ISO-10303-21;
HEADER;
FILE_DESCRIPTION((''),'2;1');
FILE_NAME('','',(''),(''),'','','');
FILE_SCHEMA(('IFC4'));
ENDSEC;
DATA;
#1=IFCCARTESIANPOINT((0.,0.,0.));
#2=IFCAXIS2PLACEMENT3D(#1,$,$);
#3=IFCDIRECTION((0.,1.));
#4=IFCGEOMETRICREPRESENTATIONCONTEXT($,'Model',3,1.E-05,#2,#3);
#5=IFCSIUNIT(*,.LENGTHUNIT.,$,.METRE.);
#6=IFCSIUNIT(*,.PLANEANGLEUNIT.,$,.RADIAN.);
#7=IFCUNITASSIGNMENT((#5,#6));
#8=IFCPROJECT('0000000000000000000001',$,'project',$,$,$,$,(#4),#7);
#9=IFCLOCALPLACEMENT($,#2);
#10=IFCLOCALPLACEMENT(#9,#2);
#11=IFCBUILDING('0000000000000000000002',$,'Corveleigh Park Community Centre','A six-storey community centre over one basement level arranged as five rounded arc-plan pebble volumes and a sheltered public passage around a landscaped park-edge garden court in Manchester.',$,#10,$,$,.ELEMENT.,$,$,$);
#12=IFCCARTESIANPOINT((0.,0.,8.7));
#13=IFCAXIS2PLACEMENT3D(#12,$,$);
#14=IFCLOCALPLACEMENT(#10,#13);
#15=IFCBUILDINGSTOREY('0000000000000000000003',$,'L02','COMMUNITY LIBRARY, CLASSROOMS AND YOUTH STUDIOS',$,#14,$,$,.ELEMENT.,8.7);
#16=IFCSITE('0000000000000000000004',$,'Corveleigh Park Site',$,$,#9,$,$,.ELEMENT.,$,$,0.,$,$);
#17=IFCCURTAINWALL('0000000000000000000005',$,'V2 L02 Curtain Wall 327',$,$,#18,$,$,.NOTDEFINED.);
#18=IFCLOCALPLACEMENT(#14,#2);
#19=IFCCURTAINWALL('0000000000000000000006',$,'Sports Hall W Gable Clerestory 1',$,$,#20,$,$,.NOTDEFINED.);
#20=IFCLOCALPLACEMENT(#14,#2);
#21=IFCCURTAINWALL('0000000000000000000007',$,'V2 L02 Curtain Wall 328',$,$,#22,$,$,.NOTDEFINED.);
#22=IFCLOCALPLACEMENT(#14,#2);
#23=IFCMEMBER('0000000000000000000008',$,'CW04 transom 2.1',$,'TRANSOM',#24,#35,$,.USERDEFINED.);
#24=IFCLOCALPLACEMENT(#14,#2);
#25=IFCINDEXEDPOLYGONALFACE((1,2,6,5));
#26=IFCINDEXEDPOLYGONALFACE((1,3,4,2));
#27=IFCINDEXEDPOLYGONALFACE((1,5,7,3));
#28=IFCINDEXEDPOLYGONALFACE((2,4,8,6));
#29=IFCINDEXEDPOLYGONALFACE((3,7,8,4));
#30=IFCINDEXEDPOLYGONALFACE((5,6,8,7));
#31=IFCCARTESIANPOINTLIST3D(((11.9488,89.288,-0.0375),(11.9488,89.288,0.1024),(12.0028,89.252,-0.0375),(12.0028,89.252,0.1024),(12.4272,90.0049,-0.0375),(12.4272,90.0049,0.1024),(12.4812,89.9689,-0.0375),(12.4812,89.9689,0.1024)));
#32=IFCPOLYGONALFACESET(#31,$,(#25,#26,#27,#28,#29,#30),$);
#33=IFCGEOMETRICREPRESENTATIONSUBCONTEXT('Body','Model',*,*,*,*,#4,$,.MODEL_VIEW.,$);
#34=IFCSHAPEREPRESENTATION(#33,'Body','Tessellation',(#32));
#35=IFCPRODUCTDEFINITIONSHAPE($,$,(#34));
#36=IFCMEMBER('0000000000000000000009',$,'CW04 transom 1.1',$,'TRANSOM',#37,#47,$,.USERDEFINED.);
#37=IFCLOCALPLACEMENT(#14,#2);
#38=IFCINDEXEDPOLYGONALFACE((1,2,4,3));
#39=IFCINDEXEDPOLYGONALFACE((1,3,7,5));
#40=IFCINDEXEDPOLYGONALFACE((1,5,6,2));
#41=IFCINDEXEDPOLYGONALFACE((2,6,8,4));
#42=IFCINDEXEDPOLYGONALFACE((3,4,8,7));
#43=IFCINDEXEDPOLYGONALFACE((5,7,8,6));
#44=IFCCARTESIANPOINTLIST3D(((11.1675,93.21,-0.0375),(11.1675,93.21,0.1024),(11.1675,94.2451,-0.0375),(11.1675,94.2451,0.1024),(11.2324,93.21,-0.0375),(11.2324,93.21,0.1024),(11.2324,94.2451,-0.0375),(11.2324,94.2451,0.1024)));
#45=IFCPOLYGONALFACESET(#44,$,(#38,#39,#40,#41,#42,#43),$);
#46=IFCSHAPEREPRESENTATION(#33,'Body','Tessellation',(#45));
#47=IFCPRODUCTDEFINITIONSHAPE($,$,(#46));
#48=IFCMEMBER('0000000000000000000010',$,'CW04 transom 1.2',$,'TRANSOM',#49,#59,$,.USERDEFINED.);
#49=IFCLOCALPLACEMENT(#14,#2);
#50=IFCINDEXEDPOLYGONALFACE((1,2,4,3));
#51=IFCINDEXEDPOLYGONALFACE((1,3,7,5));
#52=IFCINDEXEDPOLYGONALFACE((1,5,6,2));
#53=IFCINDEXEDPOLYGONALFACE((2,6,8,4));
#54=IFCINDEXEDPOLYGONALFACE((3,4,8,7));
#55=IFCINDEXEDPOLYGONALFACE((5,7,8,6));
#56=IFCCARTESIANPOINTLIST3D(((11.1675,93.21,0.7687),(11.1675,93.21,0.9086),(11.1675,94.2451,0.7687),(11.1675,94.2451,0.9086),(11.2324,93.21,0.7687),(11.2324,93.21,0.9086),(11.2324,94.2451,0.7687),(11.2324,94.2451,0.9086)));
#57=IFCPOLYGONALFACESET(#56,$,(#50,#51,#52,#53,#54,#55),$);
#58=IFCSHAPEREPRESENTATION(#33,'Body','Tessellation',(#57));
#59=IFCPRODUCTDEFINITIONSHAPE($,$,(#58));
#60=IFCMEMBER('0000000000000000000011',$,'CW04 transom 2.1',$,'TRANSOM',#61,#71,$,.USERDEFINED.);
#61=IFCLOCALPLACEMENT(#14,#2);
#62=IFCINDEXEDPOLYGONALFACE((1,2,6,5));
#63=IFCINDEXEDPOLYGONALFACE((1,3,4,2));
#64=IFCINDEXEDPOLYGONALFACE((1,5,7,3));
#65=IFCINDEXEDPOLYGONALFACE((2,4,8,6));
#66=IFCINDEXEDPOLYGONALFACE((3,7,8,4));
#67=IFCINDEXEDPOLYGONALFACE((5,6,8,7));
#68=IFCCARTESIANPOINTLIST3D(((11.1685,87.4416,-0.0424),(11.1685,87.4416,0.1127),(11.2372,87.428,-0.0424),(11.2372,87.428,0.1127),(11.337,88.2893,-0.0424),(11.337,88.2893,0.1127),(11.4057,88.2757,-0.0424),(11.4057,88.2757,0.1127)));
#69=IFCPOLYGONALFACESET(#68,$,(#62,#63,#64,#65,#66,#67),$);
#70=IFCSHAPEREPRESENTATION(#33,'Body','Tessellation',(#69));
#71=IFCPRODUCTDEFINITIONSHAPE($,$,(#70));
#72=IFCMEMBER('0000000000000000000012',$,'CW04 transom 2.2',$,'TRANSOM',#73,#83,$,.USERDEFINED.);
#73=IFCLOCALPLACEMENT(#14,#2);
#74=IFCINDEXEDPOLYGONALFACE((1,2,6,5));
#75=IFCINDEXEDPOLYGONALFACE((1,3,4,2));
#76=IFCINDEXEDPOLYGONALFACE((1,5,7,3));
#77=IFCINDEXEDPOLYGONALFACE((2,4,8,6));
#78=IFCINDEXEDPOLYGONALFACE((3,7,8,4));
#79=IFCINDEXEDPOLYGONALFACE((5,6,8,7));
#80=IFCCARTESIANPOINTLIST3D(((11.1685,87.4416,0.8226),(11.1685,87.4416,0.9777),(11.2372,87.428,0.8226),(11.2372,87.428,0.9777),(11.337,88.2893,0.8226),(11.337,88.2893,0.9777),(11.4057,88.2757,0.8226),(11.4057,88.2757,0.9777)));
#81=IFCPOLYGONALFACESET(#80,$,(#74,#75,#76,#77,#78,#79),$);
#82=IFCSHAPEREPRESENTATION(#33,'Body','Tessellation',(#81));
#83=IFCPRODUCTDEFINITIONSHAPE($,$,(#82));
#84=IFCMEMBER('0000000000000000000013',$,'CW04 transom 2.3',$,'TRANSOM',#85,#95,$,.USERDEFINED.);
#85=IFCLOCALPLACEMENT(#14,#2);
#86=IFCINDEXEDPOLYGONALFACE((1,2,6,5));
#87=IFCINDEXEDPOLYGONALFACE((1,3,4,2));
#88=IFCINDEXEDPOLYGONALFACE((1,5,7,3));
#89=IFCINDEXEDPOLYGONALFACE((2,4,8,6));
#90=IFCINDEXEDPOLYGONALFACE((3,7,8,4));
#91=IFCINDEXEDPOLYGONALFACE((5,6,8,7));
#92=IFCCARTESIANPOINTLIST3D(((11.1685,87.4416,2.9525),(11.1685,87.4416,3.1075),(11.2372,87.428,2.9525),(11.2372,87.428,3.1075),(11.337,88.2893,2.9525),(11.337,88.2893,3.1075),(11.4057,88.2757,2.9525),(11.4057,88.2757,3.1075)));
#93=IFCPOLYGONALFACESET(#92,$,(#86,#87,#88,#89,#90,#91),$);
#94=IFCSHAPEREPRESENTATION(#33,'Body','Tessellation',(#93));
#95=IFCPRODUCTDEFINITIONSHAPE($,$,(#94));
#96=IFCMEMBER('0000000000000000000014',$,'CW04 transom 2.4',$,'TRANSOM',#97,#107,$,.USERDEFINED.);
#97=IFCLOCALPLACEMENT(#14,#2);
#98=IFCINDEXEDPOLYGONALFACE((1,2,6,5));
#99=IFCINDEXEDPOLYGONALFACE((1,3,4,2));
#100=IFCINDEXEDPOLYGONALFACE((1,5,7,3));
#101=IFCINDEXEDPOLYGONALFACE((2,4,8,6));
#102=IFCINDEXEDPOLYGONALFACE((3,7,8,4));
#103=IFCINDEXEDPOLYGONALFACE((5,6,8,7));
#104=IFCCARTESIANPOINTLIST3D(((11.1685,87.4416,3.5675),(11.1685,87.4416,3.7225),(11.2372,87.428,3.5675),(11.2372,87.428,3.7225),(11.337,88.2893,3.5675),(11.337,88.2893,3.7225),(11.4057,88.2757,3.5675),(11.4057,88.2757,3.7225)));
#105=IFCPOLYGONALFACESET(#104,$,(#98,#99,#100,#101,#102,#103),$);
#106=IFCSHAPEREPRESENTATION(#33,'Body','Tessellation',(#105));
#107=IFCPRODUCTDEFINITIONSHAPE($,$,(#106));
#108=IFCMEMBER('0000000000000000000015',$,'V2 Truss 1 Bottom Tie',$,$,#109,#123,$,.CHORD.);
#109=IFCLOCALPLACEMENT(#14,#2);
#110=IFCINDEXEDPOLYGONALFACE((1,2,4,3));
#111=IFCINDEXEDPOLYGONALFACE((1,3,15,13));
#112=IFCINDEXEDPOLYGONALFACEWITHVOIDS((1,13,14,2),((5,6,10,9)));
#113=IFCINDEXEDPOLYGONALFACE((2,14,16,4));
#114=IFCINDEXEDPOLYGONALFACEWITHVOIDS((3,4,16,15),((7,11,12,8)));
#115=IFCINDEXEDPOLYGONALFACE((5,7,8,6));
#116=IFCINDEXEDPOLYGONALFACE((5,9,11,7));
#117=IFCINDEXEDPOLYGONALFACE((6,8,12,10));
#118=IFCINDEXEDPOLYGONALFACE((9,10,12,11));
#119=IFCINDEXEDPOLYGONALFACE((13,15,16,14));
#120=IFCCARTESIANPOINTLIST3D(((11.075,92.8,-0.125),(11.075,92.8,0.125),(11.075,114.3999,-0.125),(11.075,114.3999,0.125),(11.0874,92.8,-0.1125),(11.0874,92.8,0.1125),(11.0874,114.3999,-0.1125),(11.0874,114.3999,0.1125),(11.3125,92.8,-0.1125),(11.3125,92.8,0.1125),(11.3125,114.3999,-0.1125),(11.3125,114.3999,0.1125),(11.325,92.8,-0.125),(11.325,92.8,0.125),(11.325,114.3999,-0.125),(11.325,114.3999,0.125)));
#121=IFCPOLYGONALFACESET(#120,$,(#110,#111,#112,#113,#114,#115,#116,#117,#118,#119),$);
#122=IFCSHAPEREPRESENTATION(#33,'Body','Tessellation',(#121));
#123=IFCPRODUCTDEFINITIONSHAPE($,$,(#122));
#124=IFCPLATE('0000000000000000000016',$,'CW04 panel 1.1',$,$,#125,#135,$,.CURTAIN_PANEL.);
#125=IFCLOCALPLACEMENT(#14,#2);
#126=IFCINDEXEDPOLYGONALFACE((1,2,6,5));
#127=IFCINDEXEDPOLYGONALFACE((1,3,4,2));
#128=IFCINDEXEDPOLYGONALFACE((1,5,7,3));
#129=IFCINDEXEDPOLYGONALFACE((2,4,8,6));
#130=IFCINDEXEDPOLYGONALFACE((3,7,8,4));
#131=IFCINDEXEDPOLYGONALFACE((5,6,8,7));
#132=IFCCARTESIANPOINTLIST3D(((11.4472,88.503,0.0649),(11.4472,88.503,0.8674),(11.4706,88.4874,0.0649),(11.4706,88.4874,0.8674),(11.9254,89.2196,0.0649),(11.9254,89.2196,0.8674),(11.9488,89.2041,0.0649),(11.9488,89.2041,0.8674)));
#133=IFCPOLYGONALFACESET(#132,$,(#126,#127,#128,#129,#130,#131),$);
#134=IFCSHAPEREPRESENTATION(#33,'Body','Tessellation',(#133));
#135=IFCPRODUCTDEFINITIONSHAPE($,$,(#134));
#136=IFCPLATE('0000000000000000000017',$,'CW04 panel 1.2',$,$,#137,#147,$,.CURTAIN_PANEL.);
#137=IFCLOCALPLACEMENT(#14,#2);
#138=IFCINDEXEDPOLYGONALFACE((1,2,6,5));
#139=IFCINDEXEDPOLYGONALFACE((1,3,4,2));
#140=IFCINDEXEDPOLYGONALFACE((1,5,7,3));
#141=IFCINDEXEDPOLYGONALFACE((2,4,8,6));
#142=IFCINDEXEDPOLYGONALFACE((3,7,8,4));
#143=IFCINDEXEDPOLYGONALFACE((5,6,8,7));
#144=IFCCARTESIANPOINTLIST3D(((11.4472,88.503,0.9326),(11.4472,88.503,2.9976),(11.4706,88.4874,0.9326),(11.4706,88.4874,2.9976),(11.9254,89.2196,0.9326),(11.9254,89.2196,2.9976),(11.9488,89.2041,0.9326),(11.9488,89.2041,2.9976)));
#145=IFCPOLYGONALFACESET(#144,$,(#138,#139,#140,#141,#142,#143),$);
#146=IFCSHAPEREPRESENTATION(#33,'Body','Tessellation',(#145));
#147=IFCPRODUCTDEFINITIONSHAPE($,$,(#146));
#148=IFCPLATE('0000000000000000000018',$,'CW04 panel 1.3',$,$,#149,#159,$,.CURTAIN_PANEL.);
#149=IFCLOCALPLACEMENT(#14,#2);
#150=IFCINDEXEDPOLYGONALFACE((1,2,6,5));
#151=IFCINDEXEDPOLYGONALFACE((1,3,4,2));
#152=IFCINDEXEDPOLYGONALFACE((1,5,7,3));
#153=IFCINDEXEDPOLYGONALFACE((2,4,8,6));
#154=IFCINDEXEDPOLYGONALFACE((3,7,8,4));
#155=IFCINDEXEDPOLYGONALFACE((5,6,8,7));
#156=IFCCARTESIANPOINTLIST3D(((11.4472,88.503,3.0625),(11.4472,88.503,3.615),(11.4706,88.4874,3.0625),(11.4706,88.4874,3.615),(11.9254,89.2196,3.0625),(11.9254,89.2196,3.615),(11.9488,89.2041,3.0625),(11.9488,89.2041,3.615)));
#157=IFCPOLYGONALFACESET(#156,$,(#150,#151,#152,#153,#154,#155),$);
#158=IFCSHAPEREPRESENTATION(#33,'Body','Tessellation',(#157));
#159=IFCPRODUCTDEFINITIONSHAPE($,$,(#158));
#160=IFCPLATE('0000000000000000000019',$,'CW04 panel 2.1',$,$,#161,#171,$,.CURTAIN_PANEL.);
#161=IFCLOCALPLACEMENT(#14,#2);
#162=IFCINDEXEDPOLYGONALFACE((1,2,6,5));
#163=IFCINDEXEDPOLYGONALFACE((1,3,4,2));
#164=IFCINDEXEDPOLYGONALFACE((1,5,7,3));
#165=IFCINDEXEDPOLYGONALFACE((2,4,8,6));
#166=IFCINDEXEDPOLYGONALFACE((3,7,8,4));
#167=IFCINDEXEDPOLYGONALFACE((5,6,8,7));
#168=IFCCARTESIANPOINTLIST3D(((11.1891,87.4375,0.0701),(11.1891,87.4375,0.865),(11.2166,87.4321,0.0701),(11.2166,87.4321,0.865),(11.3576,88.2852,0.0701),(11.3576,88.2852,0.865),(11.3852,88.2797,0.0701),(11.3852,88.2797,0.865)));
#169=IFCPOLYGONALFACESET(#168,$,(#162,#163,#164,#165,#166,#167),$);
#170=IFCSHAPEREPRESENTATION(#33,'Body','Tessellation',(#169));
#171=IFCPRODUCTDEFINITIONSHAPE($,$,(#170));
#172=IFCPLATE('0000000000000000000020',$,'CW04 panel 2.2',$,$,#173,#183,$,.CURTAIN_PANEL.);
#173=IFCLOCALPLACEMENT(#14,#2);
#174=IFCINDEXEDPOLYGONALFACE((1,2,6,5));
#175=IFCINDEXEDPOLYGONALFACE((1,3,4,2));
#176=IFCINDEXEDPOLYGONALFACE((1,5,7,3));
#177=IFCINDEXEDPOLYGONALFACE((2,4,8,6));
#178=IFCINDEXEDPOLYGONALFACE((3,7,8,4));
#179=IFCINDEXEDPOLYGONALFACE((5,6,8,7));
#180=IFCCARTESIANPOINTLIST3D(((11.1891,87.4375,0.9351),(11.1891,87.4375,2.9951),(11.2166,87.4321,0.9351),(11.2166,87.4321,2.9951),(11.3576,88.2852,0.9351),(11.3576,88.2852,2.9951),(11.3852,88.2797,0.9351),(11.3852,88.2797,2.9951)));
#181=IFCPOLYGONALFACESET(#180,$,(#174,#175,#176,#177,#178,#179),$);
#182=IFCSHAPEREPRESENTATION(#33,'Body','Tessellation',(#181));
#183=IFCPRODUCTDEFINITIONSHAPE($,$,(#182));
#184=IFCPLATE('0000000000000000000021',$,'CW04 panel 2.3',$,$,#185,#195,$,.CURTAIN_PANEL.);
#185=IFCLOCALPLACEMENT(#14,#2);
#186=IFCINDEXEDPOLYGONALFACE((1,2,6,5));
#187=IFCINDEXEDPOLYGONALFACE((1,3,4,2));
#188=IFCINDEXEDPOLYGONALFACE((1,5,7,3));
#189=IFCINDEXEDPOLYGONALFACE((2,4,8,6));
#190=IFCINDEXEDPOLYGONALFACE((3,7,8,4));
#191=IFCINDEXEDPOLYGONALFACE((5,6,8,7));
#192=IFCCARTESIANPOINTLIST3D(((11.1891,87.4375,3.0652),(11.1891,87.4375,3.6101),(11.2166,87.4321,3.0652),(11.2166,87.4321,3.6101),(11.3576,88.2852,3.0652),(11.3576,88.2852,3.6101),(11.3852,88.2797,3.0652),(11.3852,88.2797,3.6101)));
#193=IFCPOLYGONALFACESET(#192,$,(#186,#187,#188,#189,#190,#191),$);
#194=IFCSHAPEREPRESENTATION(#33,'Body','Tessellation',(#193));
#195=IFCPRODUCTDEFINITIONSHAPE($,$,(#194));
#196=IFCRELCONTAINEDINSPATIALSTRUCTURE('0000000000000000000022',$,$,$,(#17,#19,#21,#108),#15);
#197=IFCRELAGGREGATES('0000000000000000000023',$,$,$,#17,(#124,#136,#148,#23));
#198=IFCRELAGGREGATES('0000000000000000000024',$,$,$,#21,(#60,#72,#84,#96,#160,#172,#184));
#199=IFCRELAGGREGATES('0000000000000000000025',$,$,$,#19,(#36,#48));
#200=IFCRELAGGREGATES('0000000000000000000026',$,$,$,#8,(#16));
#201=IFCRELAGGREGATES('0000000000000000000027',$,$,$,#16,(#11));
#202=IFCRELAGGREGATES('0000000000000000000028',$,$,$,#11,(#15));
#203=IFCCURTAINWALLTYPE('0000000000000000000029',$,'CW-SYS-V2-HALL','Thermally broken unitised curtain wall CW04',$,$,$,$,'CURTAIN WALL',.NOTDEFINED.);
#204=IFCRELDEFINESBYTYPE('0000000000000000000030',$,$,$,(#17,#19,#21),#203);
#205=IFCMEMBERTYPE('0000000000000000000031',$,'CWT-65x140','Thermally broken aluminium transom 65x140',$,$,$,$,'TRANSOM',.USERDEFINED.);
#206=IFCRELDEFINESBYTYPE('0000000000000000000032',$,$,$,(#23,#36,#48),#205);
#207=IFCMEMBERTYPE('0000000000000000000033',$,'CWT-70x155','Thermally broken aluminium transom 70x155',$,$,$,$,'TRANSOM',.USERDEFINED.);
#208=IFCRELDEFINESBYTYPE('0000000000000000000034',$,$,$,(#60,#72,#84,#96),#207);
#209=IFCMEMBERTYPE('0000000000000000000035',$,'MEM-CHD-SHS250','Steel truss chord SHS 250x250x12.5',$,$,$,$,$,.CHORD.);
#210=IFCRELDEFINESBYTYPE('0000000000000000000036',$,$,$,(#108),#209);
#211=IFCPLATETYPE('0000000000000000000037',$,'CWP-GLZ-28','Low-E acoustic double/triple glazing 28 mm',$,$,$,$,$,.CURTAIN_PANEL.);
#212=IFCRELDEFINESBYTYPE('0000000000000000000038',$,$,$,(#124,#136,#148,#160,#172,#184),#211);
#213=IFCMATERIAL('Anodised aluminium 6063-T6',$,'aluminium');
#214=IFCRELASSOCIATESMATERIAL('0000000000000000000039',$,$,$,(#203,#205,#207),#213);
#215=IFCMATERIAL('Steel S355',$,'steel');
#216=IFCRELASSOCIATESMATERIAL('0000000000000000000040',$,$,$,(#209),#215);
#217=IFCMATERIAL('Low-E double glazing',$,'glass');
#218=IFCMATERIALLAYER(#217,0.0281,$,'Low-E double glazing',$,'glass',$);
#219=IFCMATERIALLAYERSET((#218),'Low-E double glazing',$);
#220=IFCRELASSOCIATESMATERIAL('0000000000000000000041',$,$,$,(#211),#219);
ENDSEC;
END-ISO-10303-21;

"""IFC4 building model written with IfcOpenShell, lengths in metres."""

from ifc_helpers import new_model, si_unit, direction, frame, origin, origin_2d, place, context, subcontext, project, spatial, rectangle, hollow_rectangle, extrude, material, layer, layer_set, material_profile, profile_set, type_object, element, aggregate, save


model = new_model("IFC4")

# Units and contexts
model_context = context("Model", 3, precision=1e-05, world=origin(), true_north=direction((0.0, 1.0)))
body_context = subcontext(model_context, "Body", "Model", "MODEL_VIEW")
ifc_project = project(units=[si_unit("LENGTHUNIT", "METRE"), si_unit("PLANEANGLEUNIT", "RADIAN")], contexts=[model_context])

# Site, building, storey
site_placement = place(None, origin())
site = spatial("IfcSite", under=ifc_project, at=site_placement, Name="Corveleigh Park Site", CompositionType="ELEMENT", RefElevation=0.0)
building_placement = place(site_placement, origin())
building = spatial("IfcBuilding", under=site, at=building_placement, Name="Corveleigh Park Community Centre", Description="A six-storey community centre over one basement level arranged as five rounded arc-plan pebble volumes and a sheltered public passage around a landscaped park-edge garden court in Manchester.", CompositionType="ELEMENT")
storey_placement = place(building_placement, frame((0.0, 0.0, 8.7)))
storey = spatial("IfcBuildingStorey", under=building, at=storey_placement, Name="L02", Description="COMMUNITY LIBRARY, CLASSROOMS AND YOUTH STUDIOS", CompositionType="ELEMENT", Elevation=8.7)

# Shared definitions
ifc_material_1 = material(Name="Steel S355", Category="steel")

# Curtain walls
ifc_material_2 = material(Name="Anodised aluminium 6063-T6", Category="aluminium")
curtain_wall_type = type_object("IfcCurtainWallType", Name="CW-SYS-V2-HALL", Description="Thermally broken unitised curtain wall CW04", ElementType="CURTAIN WALL", PredefinedType="NOTDEFINED", material=ifc_material_2)
curtain_wall_1_placement = place(storey_placement, origin())
curtain_wall_1 = element("IfcCurtainWall", 1, at=curtain_wall_1_placement, inside=storey, type_object=curtain_wall_type, Name="V2 L02 Curtain Wall 327", PredefinedType="NOTDEFINED")
curtain_wall_2_placement = place(storey_placement, origin())
curtain_wall_2 = element("IfcCurtainWall", 2, at=curtain_wall_2_placement, inside=storey, type_object=curtain_wall_type, Name="Sports Hall W Gable Clerestory 1", PredefinedType="NOTDEFINED")

# Curtain wall
curtain_wall_3_placement = place(storey_placement, origin())
curtain_wall_3 = element("IfcCurtainWall", 3, at=curtain_wall_3_placement, inside=storey, type_object=curtain_wall_type, Name="V2 L02 Curtain Wall 328", PredefinedType="NOTDEFINED")

# Members
ifc_material_profile_1 = material_profile(ifc_material_2, rectangle(XDim=0.0649, YDim=0.1399, at=origin_2d()), Name="ALU-T65x140", Category="aluminium")
ifc_profile_set_1 = profile_set([ifc_material_profile_1], Name="Anodised aluminium 6063-T6")
member_type_1 = type_object("IfcMemberType", Name="CWT-65x140", Description="Thermally broken aluminium transom 65x140", ElementType="TRANSOM", PredefinedType="USERDEFINED", material=ifc_profile_set_1)
member_1_placement = place(storey_placement, frame((11.9758, 89.27, 0.0325), z_axis=(0.555027, 0.831832, 0.0), x_axis=(-0.831832, 0.555027, 0.0)))
member_1 = element("IfcMember", 4, at=member_1_placement, type_object=member_type_1, Name="CW04 transom 2.1", ObjectType="TRANSOM", PredefinedType="USERDEFINED", context=body_context, shape_type="SweptSolid", body=[
    extrude(rectangle(XDim=0.0649, YDim=0.1399, at=origin_2d()), origin(), (0.0, 0.0, 1.0), 0.8618),
])
member_2_placement = place(storey_placement, frame((11.2, 93.21, 0.0325), z_axis=(0.0, 1.0, 0.0), x_axis=(-1.0, 0.0, 0.0)))
member_2 = element("IfcMember", 5, at=member_2_placement, type_object=member_type_1, Name="CW04 transom 1.1", ObjectType="TRANSOM", PredefinedType="USERDEFINED", context=body_context, shape_type="SweptSolid", body=[
    extrude(rectangle(XDim=0.0649, YDim=0.1399, at=origin_2d()), origin(), (0.0, 0.0, 1.0), 1.0352),
])
member_3_placement = place(storey_placement, frame((11.2, 93.21, 0.8386), z_axis=(0.0, 1.0, 0.0), x_axis=(-1.0, 0.0, 0.0)))
member_3 = element("IfcMember", 6, at=member_3_placement, type_object=member_type_1, Name="CW04 transom 1.2", ObjectType="TRANSOM", PredefinedType="USERDEFINED", context=body_context, shape_type="SweptSolid", body=[
    extrude(rectangle(XDim=0.0649, YDim=0.1399, at=origin_2d()), origin(), (0.0, 0.0, 1.0), 1.0352),
])
ifc_material_profile_2 = material_profile(ifc_material_2, rectangle(XDim=0.0701, YDim=0.155, at=origin_2d()), Name="ALU-T70x155", Category="aluminium")
ifc_profile_set_2 = profile_set([ifc_material_profile_2], Name="Anodised aluminium 6063-T6")
member_type_2 = type_object("IfcMemberType", Name="CWT-70x155", Description="Thermally broken aluminium transom 70x155", ElementType="TRANSOM", PredefinedType="USERDEFINED", material=ifc_profile_set_2)
member_4_placement = place(storey_placement, frame((11.2029, 87.4348, 0.0352), z_axis=(0.194921, 0.980819, 0.0), x_axis=(-0.980819, 0.194921, 0.0)))
member_4 = element("IfcMember", 7, at=member_4_placement, type_object=member_type_2, Name="CW04 transom 2.1", ObjectType="TRANSOM", PredefinedType="USERDEFINED", context=body_context, shape_type="SweptSolid", body=[
    extrude(rectangle(XDim=0.0701, YDim=0.155, at=origin_2d()), origin(), (0.0, 0.0, 1.0), 0.8643),
])
member_5_placement = place(storey_placement, frame((11.2029, 87.4348, 0.9001), z_axis=(0.194921, 0.980819, 0.0), x_axis=(-0.980819, 0.194921, 0.0)))
member_5 = element("IfcMember", 8, at=member_5_placement, type_object=member_type_2, Name="CW04 transom 2.2", ObjectType="TRANSOM", PredefinedType="USERDEFINED", context=body_context, shape_type="SweptSolid", body=[
    extrude(rectangle(XDim=0.0701, YDim=0.155, at=origin_2d()), origin(), (0.0, 0.0, 1.0), 0.8643),
])
member_6_placement = place(storey_placement, frame((11.2029, 87.4348, 3.03), z_axis=(0.194921, 0.980819, 0.0), x_axis=(-0.980819, 0.194921, 0.0)))
member_6 = element("IfcMember", 9, at=member_6_placement, type_object=member_type_2, Name="CW04 transom 2.3", ObjectType="TRANSOM", PredefinedType="USERDEFINED", context=body_context, shape_type="SweptSolid", body=[
    extrude(rectangle(XDim=0.0701, YDim=0.155, at=origin_2d()), origin(), (0.0, 0.0, 1.0), 0.8643),
])
member_7_placement = place(storey_placement, frame((11.2029, 87.4348, 3.645), z_axis=(0.194921, 0.980819, 0.0), x_axis=(-0.980819, 0.194921, 0.0)))
member_7 = element("IfcMember", 10, at=member_7_placement, type_object=member_type_2, Name="CW04 transom 2.4", ObjectType="TRANSOM", PredefinedType="USERDEFINED", context=body_context, shape_type="SweptSolid", body=[
    extrude(rectangle(XDim=0.0701, YDim=0.155, at=origin_2d()), origin(), (0.0, 0.0, 1.0), 0.8643),
])
ifc_material_profile_3 = material_profile(ifc_material_1, hollow_rectangle(XDim=0.25, YDim=0.25, WallThickness=0.0125, at=origin_2d()), Name="SHS 250x250x12.5", Category="steel")
ifc_profile_set_3 = profile_set([ifc_material_profile_3], Name="Steel S355")
member_type_3 = type_object("IfcMemberType", Name="MEM-CHD-SHS250", Description="Steel truss chord SHS 250x250x12.5", PredefinedType="CHORD", material=ifc_profile_set_3)
member_8_placement = place(storey_placement, frame((11.2, 92.8, 0.0), z_axis=(0.0, 1.0, 0.0), x_axis=(-1.0, 0.0, 0.0)))
element("IfcMember", 11, at=member_8_placement, inside=storey, type_object=member_type_3, Name="V2 Truss 1 Bottom Tie", PredefinedType="CHORD", context=body_context, shape_type="SweptSolid", body=[
    extrude(hollow_rectangle(XDim=0.25, YDim=0.25, WallThickness=0.0125, at=origin_2d()), origin(), (0.0, 0.0, 1.0), 21.5999),
])

# Plates
ifc_material_3 = material(Name="Low-E double glazing", Category="glass")
ifc_layer_1 = layer(ifc_material_3, 0.0281, Name="Low-E double glazing", Category="glass")
ifc_layer_set_1 = layer_set([ifc_layer_1], Name="Low-E double glazing")
plate_type = type_object("IfcPlateType", Name="CWP-GLZ-28", Description="Low-E acoustic double/triple glazing 28 mm", PredefinedType="CURTAIN_PANEL", material=ifc_layer_set_1)
plate_1_placement = place(storey_placement, frame((11.698, 88.8535, 0.0649), z_axis=(0.0, 0.0, 1.0), x_axis=(0.555058, 0.831811, 0.0)))
plate_1 = element("IfcPlate", 12, at=plate_1_placement, type_object=plate_type, Name="CW04 panel 1.1", PredefinedType="CURTAIN_PANEL", context=body_context, shape_type="SweptSolid", body=[
    extrude(rectangle(XDim=0.8616, YDim=0.0281, at=origin_2d()), origin(), (0.0, 0.0, 1.0), 0.8025),
])
plate_2_placement = place(storey_placement, frame((11.698, 88.8535, 0.9326), z_axis=(0.0, 0.0, 1.0), x_axis=(0.555058, 0.831811, 0.0)))
plate_2 = element("IfcPlate", 13, at=plate_2_placement, type_object=plate_type, Name="CW04 panel 1.2", PredefinedType="CURTAIN_PANEL", context=body_context, shape_type="SweptSolid", body=[
    extrude(rectangle(XDim=0.8616, YDim=0.0281, at=origin_2d()), origin(), (0.0, 0.0, 1.0), 2.0649),
])
plate_3_placement = place(storey_placement, frame((11.698, 88.8535, 3.0625), z_axis=(0.0, 0.0, 1.0), x_axis=(0.555058, 0.831811, 0.0)))
plate_3 = element("IfcPlate", 14, at=plate_3_placement, type_object=plate_type, Name="CW04 panel 1.3", PredefinedType="CURTAIN_PANEL", context=body_context, shape_type="SweptSolid", body=[
    extrude(rectangle(XDim=0.8616, YDim=0.0281, at=origin_2d()), origin(), (0.0, 0.0, 1.0), 0.5525),
])
aggregate(curtain_wall_1, [plate_1, plate_2, plate_3, member_1])
plate_4_placement = place(storey_placement, frame((11.2871, 87.8586, 0.0701), z_axis=(0.0, 0.0, 1.0), x_axis=(0.195033, 0.980797, 0.0)))
plate_4 = element("IfcPlate", 15, at=plate_4_placement, type_object=plate_type, Name="CW04 panel 2.1", PredefinedType="CURTAIN_PANEL", context=body_context, shape_type="SweptSolid", body=[
    extrude(rectangle(XDim=0.8643, YDim=0.0281, at=origin_2d()), origin(), (0.0, 0.0, 1.0), 0.7949),
])
plate_5_placement = place(storey_placement, frame((11.2871, 87.8586, 0.9351), z_axis=(0.0, 0.0, 1.0), x_axis=(0.195033, 0.980797, 0.0)))
plate_5 = element("IfcPlate", 16, at=plate_5_placement, type_object=plate_type, Name="CW04 panel 2.2", PredefinedType="CURTAIN_PANEL", context=body_context, shape_type="SweptSolid", body=[
    extrude(rectangle(XDim=0.8643, YDim=0.0281, at=origin_2d()), origin(), (0.0, 0.0, 1.0), 2.0601),
])
plate_6_placement = place(storey_placement, frame((11.2871, 87.8586, 3.0652), z_axis=(0.0, 0.0, 1.0), x_axis=(0.195033, 0.980797, 0.0)))
plate_6 = element("IfcPlate", 17, at=plate_6_placement, type_object=plate_type, Name="CW04 panel 2.3", PredefinedType="CURTAIN_PANEL", context=body_context, shape_type="SweptSolid", body=[
    extrude(rectangle(XDim=0.8643, YDim=0.0281, at=origin_2d()), origin(), (0.0, 0.0, 1.0), 0.5449),
])
aggregate(curtain_wall_3, [member_4, member_5, member_6, member_7, plate_4, plate_5, plate_6])
aggregate(curtain_wall_2, [member_2, member_3])

save(model, "model.ifc")
